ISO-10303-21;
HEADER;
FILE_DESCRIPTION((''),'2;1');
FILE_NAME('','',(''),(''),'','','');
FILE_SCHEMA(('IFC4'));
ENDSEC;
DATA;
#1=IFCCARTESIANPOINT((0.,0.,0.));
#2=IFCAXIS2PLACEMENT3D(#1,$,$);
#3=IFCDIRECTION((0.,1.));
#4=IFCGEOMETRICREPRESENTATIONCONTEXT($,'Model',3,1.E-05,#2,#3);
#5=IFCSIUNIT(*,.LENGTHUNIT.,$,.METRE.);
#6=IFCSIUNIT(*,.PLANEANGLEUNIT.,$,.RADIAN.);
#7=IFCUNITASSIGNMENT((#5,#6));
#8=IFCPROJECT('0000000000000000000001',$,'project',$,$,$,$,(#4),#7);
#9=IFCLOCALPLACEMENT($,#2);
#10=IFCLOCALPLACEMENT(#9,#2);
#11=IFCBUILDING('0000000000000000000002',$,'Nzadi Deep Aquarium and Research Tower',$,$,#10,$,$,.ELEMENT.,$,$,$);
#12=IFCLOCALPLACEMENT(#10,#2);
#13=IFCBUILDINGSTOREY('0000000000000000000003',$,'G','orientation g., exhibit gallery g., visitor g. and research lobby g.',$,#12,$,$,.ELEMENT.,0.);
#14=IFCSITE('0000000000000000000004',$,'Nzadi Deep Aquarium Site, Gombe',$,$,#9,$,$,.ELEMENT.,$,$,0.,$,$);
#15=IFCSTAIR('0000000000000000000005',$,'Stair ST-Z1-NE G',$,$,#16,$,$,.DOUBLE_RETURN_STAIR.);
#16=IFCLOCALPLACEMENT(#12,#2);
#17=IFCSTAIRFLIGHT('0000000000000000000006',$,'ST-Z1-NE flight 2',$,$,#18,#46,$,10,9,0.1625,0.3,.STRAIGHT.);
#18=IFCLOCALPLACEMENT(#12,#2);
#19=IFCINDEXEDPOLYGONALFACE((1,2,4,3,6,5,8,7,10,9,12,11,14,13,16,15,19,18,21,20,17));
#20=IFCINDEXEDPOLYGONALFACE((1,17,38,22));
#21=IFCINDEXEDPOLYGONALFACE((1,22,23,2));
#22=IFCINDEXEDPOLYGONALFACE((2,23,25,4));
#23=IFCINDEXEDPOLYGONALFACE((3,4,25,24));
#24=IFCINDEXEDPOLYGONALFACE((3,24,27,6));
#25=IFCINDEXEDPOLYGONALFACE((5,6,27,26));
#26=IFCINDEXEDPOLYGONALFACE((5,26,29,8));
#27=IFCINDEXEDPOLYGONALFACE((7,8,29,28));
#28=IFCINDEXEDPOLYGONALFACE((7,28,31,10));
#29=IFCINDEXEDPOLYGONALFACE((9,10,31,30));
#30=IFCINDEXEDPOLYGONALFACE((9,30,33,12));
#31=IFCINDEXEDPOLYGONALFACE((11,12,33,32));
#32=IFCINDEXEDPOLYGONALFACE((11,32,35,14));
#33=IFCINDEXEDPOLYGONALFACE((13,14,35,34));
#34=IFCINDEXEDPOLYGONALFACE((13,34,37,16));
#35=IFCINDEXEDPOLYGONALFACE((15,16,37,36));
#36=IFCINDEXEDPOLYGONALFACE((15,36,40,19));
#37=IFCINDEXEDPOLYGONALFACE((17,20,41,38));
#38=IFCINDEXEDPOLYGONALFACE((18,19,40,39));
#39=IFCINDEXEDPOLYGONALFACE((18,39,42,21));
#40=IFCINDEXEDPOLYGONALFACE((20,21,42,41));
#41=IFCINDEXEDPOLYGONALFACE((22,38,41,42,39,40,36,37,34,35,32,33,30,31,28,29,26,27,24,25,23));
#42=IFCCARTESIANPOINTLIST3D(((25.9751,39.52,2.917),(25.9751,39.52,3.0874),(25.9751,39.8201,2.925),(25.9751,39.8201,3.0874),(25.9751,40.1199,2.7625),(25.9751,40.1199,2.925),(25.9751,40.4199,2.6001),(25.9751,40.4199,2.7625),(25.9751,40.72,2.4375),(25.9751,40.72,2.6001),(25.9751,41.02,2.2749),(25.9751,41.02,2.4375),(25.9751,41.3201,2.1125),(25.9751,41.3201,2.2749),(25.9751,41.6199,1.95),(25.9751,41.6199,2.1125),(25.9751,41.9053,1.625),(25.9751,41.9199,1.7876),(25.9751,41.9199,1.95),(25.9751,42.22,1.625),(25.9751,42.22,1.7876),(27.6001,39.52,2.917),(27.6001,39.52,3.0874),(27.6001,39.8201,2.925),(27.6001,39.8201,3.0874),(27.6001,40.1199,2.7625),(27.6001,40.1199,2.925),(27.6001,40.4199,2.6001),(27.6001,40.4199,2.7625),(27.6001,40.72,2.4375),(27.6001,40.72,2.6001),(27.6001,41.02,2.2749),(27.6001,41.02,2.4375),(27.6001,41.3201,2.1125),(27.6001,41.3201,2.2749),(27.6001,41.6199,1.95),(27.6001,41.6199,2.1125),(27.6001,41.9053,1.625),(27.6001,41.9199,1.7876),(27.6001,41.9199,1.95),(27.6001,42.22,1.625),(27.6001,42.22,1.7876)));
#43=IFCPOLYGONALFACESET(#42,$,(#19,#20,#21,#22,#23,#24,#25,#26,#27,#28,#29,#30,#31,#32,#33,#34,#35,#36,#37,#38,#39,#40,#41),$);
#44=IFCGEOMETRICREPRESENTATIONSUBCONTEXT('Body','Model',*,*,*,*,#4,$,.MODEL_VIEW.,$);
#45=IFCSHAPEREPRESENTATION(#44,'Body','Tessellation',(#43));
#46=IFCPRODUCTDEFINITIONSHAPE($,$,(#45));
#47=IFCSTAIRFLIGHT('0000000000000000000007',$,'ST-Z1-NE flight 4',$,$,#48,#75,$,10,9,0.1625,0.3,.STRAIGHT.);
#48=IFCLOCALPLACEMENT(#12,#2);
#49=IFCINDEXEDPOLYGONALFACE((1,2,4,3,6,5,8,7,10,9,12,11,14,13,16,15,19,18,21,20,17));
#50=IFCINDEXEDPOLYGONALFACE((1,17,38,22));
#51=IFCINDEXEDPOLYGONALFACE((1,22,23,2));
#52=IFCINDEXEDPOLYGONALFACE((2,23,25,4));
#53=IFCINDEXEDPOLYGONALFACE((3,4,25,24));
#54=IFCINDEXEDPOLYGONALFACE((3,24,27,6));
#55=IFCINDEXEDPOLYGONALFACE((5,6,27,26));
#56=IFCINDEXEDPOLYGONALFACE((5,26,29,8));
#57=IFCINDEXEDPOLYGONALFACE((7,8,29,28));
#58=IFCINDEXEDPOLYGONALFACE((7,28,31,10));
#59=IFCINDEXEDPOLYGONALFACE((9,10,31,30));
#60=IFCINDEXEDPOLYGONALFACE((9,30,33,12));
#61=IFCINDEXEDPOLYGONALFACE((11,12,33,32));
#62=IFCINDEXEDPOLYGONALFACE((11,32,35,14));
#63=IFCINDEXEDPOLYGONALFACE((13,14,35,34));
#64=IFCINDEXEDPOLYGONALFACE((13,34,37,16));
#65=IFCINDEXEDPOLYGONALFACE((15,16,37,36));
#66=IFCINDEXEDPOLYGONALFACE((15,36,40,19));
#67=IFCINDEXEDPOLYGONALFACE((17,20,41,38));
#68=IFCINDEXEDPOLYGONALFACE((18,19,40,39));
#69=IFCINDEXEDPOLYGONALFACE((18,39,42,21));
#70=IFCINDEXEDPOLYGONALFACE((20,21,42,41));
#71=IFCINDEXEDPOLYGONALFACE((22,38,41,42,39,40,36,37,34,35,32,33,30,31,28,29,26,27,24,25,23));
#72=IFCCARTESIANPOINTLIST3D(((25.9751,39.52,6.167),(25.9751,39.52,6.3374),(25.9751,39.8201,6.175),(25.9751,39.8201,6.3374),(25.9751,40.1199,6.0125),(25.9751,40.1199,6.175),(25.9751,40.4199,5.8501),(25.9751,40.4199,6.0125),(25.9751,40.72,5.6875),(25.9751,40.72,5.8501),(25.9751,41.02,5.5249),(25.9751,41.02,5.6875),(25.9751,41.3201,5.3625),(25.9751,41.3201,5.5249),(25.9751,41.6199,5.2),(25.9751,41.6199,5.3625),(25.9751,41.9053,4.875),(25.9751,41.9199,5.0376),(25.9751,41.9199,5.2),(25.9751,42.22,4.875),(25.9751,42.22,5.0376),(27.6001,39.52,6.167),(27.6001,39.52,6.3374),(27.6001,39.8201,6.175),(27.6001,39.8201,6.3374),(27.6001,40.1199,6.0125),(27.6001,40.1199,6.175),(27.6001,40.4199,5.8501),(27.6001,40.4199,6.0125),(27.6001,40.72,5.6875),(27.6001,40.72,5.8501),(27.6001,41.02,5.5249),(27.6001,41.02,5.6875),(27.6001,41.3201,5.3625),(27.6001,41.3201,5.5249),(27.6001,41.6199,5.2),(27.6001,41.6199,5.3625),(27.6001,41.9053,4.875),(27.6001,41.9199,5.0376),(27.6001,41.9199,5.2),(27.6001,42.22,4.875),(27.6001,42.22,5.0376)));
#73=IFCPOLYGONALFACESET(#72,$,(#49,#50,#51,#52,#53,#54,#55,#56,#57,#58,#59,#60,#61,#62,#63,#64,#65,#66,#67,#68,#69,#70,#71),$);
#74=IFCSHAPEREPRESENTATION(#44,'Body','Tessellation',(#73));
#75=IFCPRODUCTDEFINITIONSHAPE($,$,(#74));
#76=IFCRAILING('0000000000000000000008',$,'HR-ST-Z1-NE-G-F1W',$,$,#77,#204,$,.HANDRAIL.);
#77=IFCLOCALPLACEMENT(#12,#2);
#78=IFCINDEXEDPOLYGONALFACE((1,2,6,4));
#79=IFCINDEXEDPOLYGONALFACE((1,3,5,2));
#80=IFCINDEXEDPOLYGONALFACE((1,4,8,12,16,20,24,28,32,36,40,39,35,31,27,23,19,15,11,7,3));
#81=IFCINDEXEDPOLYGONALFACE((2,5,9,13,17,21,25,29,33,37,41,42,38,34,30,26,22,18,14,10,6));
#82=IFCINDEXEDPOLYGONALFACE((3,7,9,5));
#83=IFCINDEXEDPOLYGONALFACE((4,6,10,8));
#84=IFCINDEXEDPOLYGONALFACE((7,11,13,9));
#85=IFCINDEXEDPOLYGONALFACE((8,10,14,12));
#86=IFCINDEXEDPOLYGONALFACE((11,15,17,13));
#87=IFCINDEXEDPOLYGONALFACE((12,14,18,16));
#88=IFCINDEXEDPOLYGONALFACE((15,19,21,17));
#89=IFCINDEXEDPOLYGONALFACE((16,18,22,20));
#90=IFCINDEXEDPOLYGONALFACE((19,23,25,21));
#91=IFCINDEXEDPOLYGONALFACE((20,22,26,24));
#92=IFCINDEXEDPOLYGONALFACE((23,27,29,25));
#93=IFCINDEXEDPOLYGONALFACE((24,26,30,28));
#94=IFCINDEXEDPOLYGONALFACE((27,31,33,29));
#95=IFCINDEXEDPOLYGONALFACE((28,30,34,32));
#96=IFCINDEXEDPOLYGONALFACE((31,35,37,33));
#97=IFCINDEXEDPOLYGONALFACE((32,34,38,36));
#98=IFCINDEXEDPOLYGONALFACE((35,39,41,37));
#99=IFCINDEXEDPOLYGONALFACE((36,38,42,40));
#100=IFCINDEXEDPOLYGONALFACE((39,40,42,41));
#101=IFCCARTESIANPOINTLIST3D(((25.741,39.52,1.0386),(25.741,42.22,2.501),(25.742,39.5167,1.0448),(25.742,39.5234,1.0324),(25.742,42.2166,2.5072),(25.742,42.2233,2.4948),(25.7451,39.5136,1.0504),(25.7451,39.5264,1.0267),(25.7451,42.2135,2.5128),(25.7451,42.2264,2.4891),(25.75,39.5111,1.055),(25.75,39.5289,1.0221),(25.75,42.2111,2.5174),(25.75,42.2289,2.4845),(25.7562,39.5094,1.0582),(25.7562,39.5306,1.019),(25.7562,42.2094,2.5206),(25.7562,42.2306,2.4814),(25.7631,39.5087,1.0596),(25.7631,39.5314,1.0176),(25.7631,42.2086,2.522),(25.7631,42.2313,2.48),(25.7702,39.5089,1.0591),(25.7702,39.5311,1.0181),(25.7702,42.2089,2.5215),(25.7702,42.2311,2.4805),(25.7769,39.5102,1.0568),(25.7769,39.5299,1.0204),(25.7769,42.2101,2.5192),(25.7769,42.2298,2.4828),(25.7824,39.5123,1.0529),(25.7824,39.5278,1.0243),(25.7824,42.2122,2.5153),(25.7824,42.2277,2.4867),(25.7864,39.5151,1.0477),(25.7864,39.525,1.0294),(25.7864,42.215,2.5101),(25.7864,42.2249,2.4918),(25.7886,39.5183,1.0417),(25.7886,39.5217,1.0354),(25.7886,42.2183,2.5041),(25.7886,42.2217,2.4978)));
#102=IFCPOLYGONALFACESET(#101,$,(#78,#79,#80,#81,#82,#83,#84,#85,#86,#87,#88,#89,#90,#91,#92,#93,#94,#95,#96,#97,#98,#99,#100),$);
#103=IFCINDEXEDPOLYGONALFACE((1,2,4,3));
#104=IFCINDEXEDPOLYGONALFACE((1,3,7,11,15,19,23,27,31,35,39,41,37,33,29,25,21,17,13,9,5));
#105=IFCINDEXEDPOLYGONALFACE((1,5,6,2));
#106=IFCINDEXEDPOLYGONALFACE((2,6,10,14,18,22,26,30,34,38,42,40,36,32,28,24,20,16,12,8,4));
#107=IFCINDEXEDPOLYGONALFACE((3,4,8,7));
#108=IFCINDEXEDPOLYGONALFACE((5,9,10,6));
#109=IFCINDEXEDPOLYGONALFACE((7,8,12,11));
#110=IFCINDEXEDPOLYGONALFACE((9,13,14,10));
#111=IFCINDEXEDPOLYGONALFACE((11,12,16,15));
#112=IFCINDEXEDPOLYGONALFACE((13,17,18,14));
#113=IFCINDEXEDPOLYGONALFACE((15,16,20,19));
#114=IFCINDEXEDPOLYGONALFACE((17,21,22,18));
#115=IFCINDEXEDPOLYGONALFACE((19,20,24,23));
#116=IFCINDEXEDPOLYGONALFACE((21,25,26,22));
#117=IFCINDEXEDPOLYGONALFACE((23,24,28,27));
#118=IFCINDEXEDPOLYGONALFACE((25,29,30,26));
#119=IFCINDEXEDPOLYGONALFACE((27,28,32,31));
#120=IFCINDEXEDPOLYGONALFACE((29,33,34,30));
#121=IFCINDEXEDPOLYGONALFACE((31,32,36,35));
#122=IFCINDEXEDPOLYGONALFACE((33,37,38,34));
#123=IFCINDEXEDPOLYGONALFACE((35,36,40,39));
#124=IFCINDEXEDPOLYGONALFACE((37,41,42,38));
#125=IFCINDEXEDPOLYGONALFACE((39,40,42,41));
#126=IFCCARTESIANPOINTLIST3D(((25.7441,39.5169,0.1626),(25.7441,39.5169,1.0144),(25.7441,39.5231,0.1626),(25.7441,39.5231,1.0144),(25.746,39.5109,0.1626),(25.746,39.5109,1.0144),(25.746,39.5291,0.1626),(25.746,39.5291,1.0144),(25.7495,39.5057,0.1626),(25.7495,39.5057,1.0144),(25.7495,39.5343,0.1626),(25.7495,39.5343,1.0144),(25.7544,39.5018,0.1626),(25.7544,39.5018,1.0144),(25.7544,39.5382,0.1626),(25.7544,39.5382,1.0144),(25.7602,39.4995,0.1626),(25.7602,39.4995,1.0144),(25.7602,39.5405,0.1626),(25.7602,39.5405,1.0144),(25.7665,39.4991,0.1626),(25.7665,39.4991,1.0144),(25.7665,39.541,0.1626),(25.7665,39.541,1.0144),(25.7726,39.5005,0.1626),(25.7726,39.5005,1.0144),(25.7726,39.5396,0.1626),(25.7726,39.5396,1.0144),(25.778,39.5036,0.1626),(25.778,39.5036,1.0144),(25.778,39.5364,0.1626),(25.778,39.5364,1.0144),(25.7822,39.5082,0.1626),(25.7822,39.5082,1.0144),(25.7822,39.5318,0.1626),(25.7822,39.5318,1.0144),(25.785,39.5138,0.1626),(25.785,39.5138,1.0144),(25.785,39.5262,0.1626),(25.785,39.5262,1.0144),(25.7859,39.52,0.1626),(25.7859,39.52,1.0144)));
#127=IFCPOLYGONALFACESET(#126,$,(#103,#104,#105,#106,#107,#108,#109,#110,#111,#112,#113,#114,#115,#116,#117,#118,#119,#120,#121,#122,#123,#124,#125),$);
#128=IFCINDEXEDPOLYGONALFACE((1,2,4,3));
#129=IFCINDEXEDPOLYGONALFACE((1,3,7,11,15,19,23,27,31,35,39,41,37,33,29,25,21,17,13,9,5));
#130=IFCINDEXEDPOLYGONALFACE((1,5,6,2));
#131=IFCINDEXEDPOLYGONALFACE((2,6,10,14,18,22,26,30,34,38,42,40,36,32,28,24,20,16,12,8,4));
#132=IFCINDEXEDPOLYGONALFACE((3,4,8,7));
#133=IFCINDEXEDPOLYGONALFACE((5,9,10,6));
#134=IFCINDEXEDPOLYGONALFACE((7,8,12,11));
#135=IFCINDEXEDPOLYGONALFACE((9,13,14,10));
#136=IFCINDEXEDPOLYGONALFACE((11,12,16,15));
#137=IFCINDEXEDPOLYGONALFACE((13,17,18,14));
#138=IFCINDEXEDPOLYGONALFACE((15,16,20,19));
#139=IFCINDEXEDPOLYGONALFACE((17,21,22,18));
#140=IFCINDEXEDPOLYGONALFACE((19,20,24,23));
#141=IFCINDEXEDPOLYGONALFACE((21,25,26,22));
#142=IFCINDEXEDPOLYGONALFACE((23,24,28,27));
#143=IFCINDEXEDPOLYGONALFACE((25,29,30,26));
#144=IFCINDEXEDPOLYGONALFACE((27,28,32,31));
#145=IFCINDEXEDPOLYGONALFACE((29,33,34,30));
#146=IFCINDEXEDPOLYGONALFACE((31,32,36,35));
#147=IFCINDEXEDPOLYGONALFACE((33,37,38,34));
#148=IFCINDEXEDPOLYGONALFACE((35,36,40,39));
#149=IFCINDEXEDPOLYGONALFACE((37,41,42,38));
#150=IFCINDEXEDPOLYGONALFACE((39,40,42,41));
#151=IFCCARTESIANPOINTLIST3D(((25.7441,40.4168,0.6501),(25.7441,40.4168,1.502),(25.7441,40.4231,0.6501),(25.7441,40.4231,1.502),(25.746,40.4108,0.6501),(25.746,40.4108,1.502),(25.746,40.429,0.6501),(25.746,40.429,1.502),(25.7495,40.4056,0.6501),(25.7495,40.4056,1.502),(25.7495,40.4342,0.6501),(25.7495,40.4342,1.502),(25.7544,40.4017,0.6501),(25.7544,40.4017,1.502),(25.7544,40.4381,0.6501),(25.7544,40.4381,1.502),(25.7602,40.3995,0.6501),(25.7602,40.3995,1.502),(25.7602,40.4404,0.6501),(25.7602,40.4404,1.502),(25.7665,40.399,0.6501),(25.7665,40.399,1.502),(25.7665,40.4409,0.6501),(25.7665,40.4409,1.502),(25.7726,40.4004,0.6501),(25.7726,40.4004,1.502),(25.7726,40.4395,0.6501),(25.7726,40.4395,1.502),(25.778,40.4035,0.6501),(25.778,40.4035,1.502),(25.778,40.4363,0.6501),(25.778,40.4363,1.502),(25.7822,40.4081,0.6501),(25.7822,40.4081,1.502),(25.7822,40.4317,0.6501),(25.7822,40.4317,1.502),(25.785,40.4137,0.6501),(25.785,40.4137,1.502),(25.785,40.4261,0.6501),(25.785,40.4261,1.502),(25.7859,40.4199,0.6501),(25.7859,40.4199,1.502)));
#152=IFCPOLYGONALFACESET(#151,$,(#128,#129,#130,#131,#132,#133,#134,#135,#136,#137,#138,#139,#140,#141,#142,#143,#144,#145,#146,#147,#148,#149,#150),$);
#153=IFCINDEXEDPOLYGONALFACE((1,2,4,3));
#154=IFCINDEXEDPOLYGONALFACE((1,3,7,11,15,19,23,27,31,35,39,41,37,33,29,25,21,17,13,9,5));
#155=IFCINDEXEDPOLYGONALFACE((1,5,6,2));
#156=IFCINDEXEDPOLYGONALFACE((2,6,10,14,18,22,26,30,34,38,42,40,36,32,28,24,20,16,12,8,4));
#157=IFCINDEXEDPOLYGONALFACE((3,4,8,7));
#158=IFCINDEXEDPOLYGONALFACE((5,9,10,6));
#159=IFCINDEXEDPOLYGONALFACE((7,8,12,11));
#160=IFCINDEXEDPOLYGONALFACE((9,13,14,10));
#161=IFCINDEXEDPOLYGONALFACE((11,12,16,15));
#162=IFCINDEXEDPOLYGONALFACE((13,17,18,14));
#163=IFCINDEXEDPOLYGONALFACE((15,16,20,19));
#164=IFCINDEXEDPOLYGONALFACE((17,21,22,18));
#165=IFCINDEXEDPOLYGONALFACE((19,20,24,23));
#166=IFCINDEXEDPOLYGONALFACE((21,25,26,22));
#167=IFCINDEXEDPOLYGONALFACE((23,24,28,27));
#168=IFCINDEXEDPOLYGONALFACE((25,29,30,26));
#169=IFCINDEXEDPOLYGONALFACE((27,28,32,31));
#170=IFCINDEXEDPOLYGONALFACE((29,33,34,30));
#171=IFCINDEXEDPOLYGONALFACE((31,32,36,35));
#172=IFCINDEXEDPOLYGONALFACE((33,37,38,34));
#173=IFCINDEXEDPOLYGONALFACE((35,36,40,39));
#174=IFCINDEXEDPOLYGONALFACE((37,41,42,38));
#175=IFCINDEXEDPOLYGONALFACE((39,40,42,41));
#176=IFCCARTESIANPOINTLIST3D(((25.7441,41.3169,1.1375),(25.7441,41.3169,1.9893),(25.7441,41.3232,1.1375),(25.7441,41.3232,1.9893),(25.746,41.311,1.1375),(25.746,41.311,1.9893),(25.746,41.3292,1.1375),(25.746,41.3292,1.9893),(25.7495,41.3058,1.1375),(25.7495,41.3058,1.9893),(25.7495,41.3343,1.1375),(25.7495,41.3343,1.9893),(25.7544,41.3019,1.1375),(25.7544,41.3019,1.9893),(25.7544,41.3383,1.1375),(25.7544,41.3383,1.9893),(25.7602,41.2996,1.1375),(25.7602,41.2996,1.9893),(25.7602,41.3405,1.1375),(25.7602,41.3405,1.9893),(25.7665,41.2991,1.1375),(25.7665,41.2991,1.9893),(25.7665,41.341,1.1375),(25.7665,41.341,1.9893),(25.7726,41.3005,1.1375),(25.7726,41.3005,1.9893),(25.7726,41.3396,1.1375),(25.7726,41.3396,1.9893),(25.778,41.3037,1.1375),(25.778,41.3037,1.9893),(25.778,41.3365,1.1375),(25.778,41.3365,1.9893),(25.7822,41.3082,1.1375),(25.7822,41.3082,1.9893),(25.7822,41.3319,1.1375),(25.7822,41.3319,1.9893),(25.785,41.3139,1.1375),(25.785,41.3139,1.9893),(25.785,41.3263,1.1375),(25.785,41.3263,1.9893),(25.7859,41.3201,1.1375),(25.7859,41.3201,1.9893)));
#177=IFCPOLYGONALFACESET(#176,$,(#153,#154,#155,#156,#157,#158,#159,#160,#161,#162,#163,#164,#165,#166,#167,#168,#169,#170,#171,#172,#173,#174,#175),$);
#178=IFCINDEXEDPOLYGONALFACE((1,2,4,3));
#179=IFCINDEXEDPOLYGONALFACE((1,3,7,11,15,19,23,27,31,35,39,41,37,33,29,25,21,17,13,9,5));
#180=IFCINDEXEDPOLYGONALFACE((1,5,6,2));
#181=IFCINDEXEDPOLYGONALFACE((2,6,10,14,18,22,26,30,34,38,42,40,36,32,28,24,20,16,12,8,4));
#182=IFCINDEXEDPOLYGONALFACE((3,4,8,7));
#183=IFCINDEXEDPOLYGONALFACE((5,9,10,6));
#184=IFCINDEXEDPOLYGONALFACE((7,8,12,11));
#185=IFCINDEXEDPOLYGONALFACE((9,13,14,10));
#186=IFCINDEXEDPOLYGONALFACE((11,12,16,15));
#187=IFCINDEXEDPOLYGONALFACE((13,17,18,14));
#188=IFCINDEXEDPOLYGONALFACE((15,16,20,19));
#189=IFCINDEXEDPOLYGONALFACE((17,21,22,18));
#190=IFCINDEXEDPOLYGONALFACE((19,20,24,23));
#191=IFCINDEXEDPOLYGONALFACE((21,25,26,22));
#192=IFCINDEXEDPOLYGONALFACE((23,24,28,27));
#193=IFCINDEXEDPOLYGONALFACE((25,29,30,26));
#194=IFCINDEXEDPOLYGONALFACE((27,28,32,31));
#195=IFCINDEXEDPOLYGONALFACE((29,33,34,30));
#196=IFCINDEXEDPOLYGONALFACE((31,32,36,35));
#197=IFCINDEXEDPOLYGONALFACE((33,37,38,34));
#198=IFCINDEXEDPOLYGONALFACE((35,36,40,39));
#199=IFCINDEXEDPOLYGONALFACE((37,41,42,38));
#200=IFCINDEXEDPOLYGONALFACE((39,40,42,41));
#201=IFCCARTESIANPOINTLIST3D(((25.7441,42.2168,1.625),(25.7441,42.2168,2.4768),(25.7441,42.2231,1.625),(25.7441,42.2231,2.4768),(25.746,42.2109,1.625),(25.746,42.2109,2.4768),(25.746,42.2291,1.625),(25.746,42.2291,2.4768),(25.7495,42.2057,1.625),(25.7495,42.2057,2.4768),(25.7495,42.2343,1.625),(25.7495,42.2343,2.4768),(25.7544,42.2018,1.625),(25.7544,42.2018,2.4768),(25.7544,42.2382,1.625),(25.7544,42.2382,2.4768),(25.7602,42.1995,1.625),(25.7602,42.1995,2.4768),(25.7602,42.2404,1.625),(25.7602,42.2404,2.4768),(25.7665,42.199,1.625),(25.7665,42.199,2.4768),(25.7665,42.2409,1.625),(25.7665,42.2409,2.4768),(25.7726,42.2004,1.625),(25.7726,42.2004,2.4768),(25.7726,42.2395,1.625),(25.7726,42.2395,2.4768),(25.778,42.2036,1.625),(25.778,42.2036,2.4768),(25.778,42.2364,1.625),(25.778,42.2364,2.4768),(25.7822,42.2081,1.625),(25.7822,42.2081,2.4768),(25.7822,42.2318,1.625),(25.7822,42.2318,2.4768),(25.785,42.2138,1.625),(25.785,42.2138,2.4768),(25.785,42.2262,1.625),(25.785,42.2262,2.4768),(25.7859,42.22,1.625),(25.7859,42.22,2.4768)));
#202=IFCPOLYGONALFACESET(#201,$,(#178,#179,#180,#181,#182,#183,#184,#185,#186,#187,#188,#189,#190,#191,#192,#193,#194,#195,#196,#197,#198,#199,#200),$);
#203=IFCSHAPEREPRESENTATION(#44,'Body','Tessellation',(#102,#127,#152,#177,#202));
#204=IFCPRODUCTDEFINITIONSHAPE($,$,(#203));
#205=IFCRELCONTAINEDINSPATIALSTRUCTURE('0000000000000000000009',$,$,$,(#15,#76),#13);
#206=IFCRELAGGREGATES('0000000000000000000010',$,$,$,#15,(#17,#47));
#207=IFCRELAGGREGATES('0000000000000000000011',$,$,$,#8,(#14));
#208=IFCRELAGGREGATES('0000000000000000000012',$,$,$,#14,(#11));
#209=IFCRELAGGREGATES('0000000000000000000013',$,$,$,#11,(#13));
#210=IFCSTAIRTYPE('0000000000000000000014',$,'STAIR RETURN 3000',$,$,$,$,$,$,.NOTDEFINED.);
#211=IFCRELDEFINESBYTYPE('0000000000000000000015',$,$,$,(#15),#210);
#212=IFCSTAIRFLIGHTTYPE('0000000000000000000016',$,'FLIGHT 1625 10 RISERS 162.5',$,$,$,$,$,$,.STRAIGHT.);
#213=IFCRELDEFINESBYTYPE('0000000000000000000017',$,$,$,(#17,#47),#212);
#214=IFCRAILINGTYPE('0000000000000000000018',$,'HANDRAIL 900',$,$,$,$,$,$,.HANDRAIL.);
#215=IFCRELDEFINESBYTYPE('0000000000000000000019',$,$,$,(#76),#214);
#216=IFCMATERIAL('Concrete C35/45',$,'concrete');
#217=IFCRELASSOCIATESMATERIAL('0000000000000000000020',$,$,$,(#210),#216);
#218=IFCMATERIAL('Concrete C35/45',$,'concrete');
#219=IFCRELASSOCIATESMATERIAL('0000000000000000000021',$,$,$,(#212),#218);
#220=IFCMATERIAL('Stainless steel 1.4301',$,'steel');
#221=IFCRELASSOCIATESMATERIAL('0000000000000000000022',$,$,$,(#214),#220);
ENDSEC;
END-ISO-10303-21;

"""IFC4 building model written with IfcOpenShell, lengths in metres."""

from ifc_helpers import new_model, si_unit, direction, frame, origin, origin_2d, place, context, subcontext, project, spatial, polyline, circle, outline, extrude, material, type_object, element, aggregate, save


model = new_model("IFC4")

# Units and contexts
model_context = context("Model", 3, precision=1e-05, world=origin(), true_north=direction((0.0, 1.0)))
body_context = subcontext(model_context, "Body", "Model", "MODEL_VIEW")
ifc_project = project(units=[si_unit("LENGTHUNIT", "METRE"), si_unit("PLANEANGLEUNIT", "RADIAN")], contexts=[model_context])

# Site, building, storey
site_placement = place(None, origin())
site = spatial("IfcSite", under=ifc_project, at=site_placement, Name="Nzadi Deep Aquarium Site, Gombe", CompositionType="ELEMENT", RefElevation=0.0)
building_placement = place(site_placement, origin())
building = spatial("IfcBuilding", under=site, at=building_placement, Name="Nzadi Deep Aquarium and Research Tower", CompositionType="ELEMENT")
storey_placement = place(building_placement, origin())
storey = spatial("IfcBuildingStorey", under=building, at=storey_placement, Name="G", Description="orientation g., exhibit gallery g., visitor g. and research lobby g.", CompositionType="ELEMENT", Elevation=0.0)

# Stair, stair flights
ifc_material_1 = material(Name="Concrete C35/45", Category="concrete")
stair_type = type_object("IfcStairType", Name="STAIR RETURN 3000", PredefinedType="NOTDEFINED", material=ifc_material_1)
stair_placement = place(storey_placement, origin())
stair = element("IfcStair", 1, at=stair_placement, inside=storey, type_object=stair_type, Name="Stair ST-Z1-NE G", PredefinedType="DOUBLE_RETURN_STAIR")
ifc_material_2 = material(Name="Concrete C35/45", Category="concrete")
stair_flight_type = type_object("IfcStairFlightType", Name="FLIGHT 1625 10 RISERS 162.5", PredefinedType="STRAIGHT", material=ifc_material_2)
stair_flight_1_placement = place(storey_placement, frame((26.7876, 42.22, 1.625), z_axis=(0.0, 0.0, 1.0), x_axis=(0.0, -1.0, 0.0)))
stair_flight_1 = element("IfcStairFlight", 2, at=stair_flight_1_placement, type_object=stair_flight_type, Name="ST-Z1-NE flight 2", NumberOfRisers=10, NumberOfTreads=9, PredefinedType="STRAIGHT", RiserHeight=0.1625, TreadLength=0.3, context=body_context, shape_type="SweptSolid", body=[
    extrude(outline(polyline([(0.0, 0.0), (0.0, 0.1626), (0.3, 0.1626), (0.3, 0.325), (0.6001, 0.325), (0.6001, 0.4875), (0.8999, 0.4875), (0.8999, 0.6499), (1.2, 0.6499), (1.2, 0.8125), (1.5, 0.8125), (1.5, 0.9751), (1.8, 0.9751), (1.8, 1.1375), (2.1001, 1.1375), (2.1001, 1.3), (2.3999, 1.3), (2.3999, 1.4624), (2.7, 1.4624), (2.7, 1.625), (2.7, 1.292), (0.3147, 0.0), (0.0, 0.0)])), frame((0.0, 0.8125, 0.0), z_axis=(0.0, -1.0, 0.0), x_axis=(1.0, 0.0, 0.0)), (0.0, 0.0, 1.0), 1.625),
])
stair_flight_2_placement = place(storey_placement, frame((26.7876, 42.22, 4.875), z_axis=(0.0, 0.0, 1.0), x_axis=(0.0, -1.0, 0.0)))
stair_flight_2 = element("IfcStairFlight", 3, at=stair_flight_2_placement, type_object=stair_flight_type, Name="ST-Z1-NE flight 4", NumberOfRisers=10, NumberOfTreads=9, PredefinedType="STRAIGHT", RiserHeight=0.1625, TreadLength=0.3, context=body_context, shape_type="SweptSolid", body=[
    extrude(outline(polyline([(0.0, 0.0), (0.0, 0.1626), (0.3, 0.1626), (0.3, 0.325), (0.6001, 0.325), (0.6001, 0.4875), (0.8999, 0.4875), (0.8999, 0.6499), (1.2, 0.6499), (1.2, 0.8125), (1.5, 0.8125), (1.5, 0.9751), (1.8, 0.9751), (1.8, 1.1375), (2.1001, 1.1375), (2.1001, 1.3), (2.3999, 1.3), (2.3999, 1.4624), (2.7, 1.4624), (2.7, 1.625), (2.7, 1.292), (0.3147, 0.0), (0.0, 0.0)])), frame((0.0, 0.8125, 0.0), z_axis=(0.0, -1.0, 0.0), x_axis=(1.0, 0.0, 0.0)), (0.0, 0.0, 1.0), 1.625),
])
aggregate(stair, [stair_flight_1, stair_flight_2])

# Railing
ifc_material_3 = material(Name="Stainless steel 1.4301", Category="steel")
railing_type = type_object("IfcRailingType", Name="HANDRAIL 900", PredefinedType="HANDRAIL", material=ifc_material_3)
railing_1_placement = place(storey_placement, frame((25.7649, 39.52, 0.1626)))
element("IfcRailing", 4, at=railing_1_placement, inside=storey, type_object=railing_type, Name="HR-ST-Z1-NE-G-F1W", PredefinedType="HANDRAIL", context=body_context, shape_type="SweptSolid", body=[
    extrude(circle(Radius=0.0239, at=origin_2d()), frame((0.0, 0.0, 0.876), z_axis=(0.0, 0.879302, 0.476265), x_axis=(-1.0, 0.0, 0.0)), (0.0, 0.0, 1.0), 3.0706),
    extrude(circle(Radius=0.021, at=origin_2d()), origin(), (0.0, 0.0, 1.0), 0.8518),
    extrude(circle(Radius=0.021, at=origin_2d()), frame((0.0, 0.8999, 0.4875)), (0.0, 0.0, 1.0), 0.8518),
    extrude(circle(Radius=0.021, at=origin_2d()), frame((0.0, 1.8, 0.9749)), (0.0, 0.0, 1.0), 0.8518),
    extrude(circle(Radius=0.021, at=origin_2d()), frame((0.0, 2.7, 1.4624)), (0.0, 0.0, 1.0), 0.8518),
])

save(model, "model.ifc")
